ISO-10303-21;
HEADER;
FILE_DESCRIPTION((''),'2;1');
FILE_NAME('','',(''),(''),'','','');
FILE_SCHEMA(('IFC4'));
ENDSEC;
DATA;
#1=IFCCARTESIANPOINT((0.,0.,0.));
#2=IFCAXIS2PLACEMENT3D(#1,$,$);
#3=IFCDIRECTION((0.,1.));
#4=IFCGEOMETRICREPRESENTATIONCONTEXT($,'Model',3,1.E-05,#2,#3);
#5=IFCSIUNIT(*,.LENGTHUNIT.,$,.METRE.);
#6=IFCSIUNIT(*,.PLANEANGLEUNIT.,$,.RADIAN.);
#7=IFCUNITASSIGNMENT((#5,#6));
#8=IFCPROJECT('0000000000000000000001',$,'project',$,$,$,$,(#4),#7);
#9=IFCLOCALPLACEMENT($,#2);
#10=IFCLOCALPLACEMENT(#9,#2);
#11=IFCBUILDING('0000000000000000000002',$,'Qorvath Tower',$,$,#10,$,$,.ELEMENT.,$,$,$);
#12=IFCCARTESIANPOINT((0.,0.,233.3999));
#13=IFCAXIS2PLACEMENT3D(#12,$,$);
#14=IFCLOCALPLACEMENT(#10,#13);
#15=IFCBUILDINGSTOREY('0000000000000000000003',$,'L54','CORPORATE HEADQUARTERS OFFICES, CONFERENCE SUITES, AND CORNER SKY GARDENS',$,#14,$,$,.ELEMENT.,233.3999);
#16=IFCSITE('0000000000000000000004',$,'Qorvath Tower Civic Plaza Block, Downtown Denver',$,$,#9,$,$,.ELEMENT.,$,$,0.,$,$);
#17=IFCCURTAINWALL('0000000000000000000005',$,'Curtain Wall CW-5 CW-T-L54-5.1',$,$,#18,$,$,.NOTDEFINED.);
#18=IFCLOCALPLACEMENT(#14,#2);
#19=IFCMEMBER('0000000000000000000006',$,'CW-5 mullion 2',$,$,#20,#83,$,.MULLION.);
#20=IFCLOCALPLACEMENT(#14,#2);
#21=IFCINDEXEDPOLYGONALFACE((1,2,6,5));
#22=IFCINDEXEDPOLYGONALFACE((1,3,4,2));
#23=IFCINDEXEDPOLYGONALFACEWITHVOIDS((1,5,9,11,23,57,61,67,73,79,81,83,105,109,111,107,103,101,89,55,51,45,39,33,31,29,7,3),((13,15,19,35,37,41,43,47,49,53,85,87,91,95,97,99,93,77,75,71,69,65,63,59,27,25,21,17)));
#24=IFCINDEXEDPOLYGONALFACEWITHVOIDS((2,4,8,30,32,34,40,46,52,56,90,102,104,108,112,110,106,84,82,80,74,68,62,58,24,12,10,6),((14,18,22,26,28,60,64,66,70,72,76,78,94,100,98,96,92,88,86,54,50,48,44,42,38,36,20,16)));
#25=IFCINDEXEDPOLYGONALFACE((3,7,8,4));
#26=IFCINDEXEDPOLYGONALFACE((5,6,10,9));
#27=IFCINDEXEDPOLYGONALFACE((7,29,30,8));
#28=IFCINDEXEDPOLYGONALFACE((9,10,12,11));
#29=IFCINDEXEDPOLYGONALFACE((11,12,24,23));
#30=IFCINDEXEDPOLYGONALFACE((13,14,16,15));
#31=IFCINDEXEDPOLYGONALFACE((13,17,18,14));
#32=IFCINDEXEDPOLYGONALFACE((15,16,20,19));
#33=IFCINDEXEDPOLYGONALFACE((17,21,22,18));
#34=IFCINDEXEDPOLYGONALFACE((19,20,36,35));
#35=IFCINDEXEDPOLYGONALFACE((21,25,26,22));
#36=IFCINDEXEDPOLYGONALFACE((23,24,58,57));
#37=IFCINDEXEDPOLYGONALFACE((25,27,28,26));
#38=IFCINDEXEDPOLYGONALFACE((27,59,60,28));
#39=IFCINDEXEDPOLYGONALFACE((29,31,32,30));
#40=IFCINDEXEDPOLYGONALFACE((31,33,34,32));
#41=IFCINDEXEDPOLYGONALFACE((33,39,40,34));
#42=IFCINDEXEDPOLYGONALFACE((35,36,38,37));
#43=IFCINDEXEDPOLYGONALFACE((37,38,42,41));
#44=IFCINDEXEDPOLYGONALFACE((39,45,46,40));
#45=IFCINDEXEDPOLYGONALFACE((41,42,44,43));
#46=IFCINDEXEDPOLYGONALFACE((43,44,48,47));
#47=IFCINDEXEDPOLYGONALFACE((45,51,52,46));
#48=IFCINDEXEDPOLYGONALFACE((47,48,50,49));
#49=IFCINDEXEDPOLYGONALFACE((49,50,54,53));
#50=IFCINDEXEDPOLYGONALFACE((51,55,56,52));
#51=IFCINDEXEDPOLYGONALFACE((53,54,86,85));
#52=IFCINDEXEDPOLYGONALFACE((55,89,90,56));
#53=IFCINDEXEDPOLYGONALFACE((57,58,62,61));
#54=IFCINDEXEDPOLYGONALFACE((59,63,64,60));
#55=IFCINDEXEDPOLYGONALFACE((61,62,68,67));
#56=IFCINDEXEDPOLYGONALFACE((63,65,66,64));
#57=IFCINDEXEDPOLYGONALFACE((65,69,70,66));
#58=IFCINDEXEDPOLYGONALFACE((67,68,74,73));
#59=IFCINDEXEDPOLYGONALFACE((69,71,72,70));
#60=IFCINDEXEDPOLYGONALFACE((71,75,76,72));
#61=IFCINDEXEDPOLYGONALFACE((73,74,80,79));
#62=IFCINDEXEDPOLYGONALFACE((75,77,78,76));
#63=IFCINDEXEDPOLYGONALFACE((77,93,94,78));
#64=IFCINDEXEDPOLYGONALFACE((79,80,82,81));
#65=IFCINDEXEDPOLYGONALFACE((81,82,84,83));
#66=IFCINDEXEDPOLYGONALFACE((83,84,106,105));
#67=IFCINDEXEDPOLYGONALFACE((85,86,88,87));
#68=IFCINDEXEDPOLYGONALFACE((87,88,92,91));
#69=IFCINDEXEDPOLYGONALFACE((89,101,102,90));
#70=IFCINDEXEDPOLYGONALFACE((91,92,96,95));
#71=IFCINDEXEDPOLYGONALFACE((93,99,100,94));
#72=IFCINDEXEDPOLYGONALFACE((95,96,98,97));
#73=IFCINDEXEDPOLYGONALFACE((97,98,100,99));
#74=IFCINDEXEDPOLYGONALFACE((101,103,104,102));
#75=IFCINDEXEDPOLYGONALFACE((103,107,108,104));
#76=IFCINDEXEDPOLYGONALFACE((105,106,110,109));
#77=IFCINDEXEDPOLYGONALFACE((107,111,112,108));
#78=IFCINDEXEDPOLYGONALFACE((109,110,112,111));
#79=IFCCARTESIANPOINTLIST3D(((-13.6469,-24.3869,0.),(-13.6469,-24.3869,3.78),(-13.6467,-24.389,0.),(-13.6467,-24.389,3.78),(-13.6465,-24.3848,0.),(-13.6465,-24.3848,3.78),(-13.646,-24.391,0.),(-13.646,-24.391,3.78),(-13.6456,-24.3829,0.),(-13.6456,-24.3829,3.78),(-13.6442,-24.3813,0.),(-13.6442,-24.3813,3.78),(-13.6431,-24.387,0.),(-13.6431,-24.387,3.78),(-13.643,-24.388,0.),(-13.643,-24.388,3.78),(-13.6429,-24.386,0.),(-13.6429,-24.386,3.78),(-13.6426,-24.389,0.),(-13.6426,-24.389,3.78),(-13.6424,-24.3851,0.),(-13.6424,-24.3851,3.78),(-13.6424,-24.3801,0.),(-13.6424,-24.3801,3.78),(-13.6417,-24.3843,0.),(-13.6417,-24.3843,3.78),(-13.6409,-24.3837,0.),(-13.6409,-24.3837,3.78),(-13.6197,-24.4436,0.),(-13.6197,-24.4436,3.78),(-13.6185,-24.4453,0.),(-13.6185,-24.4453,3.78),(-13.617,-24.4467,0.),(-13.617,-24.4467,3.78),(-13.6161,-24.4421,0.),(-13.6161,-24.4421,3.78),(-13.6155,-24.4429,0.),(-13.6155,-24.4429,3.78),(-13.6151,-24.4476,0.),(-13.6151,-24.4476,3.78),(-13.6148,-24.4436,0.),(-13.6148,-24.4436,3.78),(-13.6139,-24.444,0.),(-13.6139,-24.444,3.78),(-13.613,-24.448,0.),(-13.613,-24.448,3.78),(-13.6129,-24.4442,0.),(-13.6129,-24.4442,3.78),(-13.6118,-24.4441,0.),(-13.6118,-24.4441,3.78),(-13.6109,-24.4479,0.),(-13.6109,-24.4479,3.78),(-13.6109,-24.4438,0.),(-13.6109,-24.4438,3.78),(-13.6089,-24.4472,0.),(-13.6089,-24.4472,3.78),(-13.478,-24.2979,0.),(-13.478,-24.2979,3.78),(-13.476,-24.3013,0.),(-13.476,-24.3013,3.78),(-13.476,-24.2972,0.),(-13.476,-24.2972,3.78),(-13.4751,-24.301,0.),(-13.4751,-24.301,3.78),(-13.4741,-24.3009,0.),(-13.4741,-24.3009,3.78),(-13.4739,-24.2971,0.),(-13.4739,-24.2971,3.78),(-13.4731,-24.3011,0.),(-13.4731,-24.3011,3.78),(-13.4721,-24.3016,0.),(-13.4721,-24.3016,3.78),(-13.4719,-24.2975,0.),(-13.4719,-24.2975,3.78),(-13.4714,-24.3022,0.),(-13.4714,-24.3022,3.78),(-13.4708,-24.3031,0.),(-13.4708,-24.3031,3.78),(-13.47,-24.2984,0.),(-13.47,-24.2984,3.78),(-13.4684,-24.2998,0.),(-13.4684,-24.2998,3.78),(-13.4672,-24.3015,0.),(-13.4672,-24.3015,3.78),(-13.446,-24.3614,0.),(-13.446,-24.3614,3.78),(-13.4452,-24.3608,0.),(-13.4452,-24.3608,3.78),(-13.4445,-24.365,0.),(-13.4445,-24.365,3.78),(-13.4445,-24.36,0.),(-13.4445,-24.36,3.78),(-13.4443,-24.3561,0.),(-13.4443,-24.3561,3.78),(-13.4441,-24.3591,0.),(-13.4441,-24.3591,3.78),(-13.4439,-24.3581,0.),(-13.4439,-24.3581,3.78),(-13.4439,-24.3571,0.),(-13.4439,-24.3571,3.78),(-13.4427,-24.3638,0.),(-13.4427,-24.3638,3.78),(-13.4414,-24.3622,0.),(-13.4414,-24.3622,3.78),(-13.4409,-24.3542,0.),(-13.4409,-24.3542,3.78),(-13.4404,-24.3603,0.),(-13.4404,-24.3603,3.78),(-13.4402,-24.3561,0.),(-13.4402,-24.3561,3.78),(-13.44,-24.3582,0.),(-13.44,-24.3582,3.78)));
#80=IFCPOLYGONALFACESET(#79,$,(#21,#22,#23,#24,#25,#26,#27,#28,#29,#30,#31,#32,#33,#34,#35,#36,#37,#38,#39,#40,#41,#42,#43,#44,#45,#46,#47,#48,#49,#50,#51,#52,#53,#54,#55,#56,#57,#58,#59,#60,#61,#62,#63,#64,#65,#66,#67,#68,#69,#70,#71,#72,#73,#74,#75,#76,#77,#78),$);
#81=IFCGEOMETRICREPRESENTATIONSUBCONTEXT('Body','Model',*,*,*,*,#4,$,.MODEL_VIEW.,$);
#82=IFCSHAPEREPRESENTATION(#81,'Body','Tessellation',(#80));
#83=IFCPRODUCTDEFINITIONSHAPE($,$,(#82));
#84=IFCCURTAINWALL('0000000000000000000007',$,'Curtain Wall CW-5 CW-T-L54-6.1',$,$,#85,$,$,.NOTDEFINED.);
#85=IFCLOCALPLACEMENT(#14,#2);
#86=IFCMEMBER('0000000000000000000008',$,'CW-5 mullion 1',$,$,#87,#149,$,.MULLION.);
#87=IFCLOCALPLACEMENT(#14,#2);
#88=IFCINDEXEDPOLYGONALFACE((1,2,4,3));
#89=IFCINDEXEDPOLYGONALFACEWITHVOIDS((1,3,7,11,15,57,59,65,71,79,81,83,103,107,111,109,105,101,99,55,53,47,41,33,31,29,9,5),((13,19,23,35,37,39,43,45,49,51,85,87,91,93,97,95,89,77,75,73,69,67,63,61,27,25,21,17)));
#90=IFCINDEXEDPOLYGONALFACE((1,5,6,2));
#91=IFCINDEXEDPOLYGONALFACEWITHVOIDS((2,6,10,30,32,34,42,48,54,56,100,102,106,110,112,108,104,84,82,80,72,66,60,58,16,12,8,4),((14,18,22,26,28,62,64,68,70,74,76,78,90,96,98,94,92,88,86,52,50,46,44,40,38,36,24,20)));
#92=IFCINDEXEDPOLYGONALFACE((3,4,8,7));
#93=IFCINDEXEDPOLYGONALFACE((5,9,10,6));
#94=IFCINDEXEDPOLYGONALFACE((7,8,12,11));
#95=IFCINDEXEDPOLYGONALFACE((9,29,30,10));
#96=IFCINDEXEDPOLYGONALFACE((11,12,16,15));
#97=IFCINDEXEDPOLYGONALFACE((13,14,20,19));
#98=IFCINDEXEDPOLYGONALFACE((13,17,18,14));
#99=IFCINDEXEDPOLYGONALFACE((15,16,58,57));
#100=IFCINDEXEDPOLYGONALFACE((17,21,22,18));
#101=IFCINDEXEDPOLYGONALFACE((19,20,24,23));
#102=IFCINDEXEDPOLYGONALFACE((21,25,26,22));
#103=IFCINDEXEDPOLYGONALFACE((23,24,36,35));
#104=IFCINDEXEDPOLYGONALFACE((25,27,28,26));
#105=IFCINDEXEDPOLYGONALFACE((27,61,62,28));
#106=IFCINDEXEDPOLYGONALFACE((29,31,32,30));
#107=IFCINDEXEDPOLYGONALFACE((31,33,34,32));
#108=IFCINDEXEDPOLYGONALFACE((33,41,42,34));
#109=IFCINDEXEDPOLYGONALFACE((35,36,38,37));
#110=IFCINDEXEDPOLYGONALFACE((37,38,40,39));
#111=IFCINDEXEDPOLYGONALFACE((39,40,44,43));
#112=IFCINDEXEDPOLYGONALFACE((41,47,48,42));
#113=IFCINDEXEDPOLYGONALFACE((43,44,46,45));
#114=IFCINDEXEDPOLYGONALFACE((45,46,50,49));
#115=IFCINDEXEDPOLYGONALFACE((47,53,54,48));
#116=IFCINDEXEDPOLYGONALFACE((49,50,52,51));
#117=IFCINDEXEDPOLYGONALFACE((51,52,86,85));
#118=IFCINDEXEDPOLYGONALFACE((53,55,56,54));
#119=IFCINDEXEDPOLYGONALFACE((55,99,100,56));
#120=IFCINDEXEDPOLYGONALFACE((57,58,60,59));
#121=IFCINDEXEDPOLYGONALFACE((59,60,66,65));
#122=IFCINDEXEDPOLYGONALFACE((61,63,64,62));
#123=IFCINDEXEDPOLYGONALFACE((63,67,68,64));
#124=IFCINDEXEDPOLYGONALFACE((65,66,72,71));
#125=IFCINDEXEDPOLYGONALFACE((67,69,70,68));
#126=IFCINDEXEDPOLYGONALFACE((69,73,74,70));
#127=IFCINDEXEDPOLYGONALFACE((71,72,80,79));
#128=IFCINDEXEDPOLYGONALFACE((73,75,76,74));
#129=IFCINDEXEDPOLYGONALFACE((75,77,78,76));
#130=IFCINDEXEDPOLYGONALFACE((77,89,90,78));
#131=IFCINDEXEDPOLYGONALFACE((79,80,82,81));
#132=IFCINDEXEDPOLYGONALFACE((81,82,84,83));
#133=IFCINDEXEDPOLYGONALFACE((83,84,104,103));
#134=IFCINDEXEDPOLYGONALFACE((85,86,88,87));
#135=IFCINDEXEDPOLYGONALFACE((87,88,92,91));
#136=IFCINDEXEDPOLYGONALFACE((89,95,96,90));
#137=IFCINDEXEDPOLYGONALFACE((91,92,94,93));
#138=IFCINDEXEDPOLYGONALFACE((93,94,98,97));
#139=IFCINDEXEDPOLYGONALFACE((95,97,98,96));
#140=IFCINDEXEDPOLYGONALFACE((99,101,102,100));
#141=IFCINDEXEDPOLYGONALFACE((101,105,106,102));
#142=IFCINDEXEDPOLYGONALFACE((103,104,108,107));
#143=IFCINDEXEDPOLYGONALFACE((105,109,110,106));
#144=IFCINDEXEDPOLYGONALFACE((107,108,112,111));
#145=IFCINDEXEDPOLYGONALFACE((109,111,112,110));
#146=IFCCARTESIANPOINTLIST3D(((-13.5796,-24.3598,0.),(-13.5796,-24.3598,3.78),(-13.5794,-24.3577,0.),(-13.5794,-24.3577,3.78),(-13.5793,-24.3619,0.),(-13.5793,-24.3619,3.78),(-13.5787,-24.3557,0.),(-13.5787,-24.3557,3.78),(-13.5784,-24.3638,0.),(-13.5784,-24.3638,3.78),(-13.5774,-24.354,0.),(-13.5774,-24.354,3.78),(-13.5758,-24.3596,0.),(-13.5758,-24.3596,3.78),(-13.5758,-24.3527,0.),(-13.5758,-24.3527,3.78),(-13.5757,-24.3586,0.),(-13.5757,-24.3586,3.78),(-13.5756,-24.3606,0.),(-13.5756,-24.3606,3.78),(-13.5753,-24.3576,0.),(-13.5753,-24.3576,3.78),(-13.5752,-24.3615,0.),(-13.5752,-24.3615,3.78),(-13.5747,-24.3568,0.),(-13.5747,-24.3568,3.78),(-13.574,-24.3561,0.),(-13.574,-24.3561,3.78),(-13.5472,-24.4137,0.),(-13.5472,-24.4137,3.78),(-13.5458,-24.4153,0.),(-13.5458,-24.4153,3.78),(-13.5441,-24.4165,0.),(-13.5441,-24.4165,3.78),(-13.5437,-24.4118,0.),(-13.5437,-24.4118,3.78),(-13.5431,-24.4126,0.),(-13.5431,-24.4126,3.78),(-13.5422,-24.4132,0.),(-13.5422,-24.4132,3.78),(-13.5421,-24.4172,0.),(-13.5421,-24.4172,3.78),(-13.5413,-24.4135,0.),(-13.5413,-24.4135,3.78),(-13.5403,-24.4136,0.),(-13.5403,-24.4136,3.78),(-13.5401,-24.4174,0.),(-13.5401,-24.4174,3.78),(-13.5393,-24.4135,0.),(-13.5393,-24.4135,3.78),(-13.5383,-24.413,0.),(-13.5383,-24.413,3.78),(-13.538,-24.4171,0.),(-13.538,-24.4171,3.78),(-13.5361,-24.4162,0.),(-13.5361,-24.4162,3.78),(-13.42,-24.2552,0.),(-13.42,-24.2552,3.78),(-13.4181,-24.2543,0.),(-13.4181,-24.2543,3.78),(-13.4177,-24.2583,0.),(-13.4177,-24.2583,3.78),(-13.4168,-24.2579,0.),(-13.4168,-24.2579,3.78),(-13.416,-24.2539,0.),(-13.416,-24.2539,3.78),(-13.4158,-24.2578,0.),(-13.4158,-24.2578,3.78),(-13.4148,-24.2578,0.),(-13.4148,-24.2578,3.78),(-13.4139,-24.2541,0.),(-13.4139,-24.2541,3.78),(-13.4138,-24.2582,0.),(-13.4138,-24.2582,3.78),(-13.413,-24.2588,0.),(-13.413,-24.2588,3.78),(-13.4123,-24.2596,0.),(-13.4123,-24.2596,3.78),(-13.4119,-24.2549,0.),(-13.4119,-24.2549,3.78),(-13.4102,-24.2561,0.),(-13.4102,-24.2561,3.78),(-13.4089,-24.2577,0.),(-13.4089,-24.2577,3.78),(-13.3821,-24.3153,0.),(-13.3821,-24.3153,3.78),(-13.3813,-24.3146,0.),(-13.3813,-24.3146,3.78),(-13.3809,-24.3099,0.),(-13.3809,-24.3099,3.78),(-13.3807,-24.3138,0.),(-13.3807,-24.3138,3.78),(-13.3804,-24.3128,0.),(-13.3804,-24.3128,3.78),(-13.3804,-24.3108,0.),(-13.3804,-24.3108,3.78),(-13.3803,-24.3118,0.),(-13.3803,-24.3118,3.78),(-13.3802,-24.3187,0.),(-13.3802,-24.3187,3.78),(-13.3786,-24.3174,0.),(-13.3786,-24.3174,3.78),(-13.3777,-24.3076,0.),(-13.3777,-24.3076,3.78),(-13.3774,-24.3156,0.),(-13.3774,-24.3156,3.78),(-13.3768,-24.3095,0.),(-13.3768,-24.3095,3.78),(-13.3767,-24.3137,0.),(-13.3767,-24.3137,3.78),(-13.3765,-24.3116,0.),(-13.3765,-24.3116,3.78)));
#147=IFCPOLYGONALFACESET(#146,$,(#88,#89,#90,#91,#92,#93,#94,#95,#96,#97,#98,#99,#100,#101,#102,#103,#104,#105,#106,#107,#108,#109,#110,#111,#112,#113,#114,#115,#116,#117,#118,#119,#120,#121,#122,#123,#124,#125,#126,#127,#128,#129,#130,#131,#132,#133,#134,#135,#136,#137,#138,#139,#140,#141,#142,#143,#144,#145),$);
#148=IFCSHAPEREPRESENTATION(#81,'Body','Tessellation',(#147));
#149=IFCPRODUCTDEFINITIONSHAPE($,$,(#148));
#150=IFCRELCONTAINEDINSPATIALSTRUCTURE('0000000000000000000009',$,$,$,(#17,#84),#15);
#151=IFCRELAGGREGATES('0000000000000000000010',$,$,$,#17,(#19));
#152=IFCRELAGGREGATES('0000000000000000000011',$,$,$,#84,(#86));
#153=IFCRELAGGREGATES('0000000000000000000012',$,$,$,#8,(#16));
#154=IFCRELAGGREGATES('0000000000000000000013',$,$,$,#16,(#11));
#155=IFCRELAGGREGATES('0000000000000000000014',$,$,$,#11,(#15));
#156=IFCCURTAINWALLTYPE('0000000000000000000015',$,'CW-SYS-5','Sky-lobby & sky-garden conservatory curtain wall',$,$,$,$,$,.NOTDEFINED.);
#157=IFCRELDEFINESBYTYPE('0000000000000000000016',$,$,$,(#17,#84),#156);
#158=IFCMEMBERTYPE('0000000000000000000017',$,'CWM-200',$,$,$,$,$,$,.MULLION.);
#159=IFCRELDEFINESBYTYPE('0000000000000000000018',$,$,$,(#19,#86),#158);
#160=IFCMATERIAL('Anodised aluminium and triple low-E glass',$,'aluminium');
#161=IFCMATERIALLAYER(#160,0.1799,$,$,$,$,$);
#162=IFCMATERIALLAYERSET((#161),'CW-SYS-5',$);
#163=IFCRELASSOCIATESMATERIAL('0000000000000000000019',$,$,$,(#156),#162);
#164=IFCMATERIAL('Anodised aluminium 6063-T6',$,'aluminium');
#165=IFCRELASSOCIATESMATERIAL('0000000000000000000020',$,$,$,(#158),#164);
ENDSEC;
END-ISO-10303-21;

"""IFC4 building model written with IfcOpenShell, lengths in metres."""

from ifc_helpers import new_model, si_unit, direction, frame, origin, origin_2d, place, context, subcontext, project, spatial, hollow_rectangle, extrude, material, layer, layer_set, material_profile, profile_set, type_object, element, aggregate, save


model = new_model("IFC4")

# Units and contexts
model_context = context("Model", 3, precision=1e-05, world=origin(), true_north=direction((0.0, 1.0)))
body_context = subcontext(model_context, "Body", "Model", "MODEL_VIEW")
ifc_project = project(units=[si_unit("LENGTHUNIT", "METRE"), si_unit("PLANEANGLEUNIT", "RADIAN")], contexts=[model_context])

# Site, building, storey
site_placement = place(None, origin())
site = spatial("IfcSite", under=ifc_project, at=site_placement, Name="Qorvath Tower Civic Plaza Block, Downtown Denver", CompositionType="ELEMENT", RefElevation=0.0)
building_placement = place(site_placement, origin())
building = spatial("IfcBuilding", under=site, at=building_placement, Name="Qorvath Tower", CompositionType="ELEMENT")
storey_placement = place(building_placement, frame((0.0, 0.0, 233.3999)))
storey = spatial("IfcBuildingStorey", under=building, at=storey_placement, Name="L54", Description="CORPORATE HEADQUARTERS OFFICES, CONFERENCE SUITES, AND CORNER SKY GARDENS", CompositionType="ELEMENT", Elevation=233.3999)

# Shared definitions
ifc_material_1 = material(Name="Anodised aluminium and triple low-E glass", Category="aluminium")
ifc_layer_1 = layer(ifc_material_1, 0.1799)
ifc_layer_set_1 = layer_set([ifc_layer_1], Name="CW-SYS-5")
curtain_wall_type = type_object("IfcCurtainWallType", Name="CW-SYS-5", Description="Sky-lobby & sky-garden conservatory curtain wall", PredefinedType="NOTDEFINED", material=ifc_layer_set_1)
ifc_material_2 = material(Name="Anodised aluminium 6063-T6", Category="aluminium")
ifc_material_profile_1 = material_profile(ifc_material_2, hollow_rectangle(XDim=0.075, YDim=0.2, WallThickness=0.0039, InnerFilletRadius=0.0039, OuterFilletRadius=0.0081, at=origin_2d()), Name="CWM 200x75")
ifc_profile_set_1 = profile_set([ifc_material_profile_1], Name="Anodised aluminium 6063-T6")
member_type_1 = type_object("IfcMemberType", Name="CWM-200", PredefinedType="MULLION", material=ifc_profile_set_1)

# Curtain walls, members
curtain_wall_1_placement = place(storey_placement, origin())
curtain_wall_1 = element("IfcCurtainWall", 1, at=curtain_wall_1_placement, inside=storey, type_object=curtain_wall_type, Name="Curtain Wall CW-5 CW-T-L54-5.1", PredefinedType="NOTDEFINED")
member_1_placement = place(storey_placement, frame((-13.5435, -24.3726, 0.0), z_axis=(0.0, 0.0, 1.0), x_axis=(-0.447214, 0.894427, 0.0)))
member_1 = element("IfcMember", 2, at=member_1_placement, type_object=member_type_1, Name="CW-5 mullion 2", PredefinedType="MULLION", context=body_context, shape_type="SweptSolid", body=[
    extrude(hollow_rectangle(XDim=0.075, YDim=0.2, WallThickness=0.0039, InnerFilletRadius=0.0039, OuterFilletRadius=0.0081, at=origin_2d()), origin(), (0.0, 0.0, 1.0), 3.78),
])
curtain_wall_2_placement = place(storey_placement, origin())
curtain_wall_2 = element("IfcCurtainWall", 3, at=curtain_wall_2_placement, inside=storey, type_object=curtain_wall_type, Name="Curtain Wall CW-5 CW-T-L54-6.1", PredefinedType="NOTDEFINED")
member_2_placement = place(storey_placement, frame((-13.478, -24.3357, 0.0), z_axis=(0.0, 0.0, 1.0), x_axis=(-0.530497, 0.847687, 0.0)))
member_2 = element("IfcMember", 4, at=member_2_placement, type_object=member_type_1, Name="CW-5 mullion 1", PredefinedType="MULLION", context=body_context, shape_type="SweptSolid", body=[
    extrude(hollow_rectangle(XDim=0.075, YDim=0.2, WallThickness=0.0039, InnerFilletRadius=0.0039, OuterFilletRadius=0.0081, at=origin_2d()), origin(), (0.0, 0.0, 1.0), 3.78),
])

aggregate(curtain_wall_1, [member_1])
aggregate(curtain_wall_2, [member_2])

save(model, "model.ifc")
